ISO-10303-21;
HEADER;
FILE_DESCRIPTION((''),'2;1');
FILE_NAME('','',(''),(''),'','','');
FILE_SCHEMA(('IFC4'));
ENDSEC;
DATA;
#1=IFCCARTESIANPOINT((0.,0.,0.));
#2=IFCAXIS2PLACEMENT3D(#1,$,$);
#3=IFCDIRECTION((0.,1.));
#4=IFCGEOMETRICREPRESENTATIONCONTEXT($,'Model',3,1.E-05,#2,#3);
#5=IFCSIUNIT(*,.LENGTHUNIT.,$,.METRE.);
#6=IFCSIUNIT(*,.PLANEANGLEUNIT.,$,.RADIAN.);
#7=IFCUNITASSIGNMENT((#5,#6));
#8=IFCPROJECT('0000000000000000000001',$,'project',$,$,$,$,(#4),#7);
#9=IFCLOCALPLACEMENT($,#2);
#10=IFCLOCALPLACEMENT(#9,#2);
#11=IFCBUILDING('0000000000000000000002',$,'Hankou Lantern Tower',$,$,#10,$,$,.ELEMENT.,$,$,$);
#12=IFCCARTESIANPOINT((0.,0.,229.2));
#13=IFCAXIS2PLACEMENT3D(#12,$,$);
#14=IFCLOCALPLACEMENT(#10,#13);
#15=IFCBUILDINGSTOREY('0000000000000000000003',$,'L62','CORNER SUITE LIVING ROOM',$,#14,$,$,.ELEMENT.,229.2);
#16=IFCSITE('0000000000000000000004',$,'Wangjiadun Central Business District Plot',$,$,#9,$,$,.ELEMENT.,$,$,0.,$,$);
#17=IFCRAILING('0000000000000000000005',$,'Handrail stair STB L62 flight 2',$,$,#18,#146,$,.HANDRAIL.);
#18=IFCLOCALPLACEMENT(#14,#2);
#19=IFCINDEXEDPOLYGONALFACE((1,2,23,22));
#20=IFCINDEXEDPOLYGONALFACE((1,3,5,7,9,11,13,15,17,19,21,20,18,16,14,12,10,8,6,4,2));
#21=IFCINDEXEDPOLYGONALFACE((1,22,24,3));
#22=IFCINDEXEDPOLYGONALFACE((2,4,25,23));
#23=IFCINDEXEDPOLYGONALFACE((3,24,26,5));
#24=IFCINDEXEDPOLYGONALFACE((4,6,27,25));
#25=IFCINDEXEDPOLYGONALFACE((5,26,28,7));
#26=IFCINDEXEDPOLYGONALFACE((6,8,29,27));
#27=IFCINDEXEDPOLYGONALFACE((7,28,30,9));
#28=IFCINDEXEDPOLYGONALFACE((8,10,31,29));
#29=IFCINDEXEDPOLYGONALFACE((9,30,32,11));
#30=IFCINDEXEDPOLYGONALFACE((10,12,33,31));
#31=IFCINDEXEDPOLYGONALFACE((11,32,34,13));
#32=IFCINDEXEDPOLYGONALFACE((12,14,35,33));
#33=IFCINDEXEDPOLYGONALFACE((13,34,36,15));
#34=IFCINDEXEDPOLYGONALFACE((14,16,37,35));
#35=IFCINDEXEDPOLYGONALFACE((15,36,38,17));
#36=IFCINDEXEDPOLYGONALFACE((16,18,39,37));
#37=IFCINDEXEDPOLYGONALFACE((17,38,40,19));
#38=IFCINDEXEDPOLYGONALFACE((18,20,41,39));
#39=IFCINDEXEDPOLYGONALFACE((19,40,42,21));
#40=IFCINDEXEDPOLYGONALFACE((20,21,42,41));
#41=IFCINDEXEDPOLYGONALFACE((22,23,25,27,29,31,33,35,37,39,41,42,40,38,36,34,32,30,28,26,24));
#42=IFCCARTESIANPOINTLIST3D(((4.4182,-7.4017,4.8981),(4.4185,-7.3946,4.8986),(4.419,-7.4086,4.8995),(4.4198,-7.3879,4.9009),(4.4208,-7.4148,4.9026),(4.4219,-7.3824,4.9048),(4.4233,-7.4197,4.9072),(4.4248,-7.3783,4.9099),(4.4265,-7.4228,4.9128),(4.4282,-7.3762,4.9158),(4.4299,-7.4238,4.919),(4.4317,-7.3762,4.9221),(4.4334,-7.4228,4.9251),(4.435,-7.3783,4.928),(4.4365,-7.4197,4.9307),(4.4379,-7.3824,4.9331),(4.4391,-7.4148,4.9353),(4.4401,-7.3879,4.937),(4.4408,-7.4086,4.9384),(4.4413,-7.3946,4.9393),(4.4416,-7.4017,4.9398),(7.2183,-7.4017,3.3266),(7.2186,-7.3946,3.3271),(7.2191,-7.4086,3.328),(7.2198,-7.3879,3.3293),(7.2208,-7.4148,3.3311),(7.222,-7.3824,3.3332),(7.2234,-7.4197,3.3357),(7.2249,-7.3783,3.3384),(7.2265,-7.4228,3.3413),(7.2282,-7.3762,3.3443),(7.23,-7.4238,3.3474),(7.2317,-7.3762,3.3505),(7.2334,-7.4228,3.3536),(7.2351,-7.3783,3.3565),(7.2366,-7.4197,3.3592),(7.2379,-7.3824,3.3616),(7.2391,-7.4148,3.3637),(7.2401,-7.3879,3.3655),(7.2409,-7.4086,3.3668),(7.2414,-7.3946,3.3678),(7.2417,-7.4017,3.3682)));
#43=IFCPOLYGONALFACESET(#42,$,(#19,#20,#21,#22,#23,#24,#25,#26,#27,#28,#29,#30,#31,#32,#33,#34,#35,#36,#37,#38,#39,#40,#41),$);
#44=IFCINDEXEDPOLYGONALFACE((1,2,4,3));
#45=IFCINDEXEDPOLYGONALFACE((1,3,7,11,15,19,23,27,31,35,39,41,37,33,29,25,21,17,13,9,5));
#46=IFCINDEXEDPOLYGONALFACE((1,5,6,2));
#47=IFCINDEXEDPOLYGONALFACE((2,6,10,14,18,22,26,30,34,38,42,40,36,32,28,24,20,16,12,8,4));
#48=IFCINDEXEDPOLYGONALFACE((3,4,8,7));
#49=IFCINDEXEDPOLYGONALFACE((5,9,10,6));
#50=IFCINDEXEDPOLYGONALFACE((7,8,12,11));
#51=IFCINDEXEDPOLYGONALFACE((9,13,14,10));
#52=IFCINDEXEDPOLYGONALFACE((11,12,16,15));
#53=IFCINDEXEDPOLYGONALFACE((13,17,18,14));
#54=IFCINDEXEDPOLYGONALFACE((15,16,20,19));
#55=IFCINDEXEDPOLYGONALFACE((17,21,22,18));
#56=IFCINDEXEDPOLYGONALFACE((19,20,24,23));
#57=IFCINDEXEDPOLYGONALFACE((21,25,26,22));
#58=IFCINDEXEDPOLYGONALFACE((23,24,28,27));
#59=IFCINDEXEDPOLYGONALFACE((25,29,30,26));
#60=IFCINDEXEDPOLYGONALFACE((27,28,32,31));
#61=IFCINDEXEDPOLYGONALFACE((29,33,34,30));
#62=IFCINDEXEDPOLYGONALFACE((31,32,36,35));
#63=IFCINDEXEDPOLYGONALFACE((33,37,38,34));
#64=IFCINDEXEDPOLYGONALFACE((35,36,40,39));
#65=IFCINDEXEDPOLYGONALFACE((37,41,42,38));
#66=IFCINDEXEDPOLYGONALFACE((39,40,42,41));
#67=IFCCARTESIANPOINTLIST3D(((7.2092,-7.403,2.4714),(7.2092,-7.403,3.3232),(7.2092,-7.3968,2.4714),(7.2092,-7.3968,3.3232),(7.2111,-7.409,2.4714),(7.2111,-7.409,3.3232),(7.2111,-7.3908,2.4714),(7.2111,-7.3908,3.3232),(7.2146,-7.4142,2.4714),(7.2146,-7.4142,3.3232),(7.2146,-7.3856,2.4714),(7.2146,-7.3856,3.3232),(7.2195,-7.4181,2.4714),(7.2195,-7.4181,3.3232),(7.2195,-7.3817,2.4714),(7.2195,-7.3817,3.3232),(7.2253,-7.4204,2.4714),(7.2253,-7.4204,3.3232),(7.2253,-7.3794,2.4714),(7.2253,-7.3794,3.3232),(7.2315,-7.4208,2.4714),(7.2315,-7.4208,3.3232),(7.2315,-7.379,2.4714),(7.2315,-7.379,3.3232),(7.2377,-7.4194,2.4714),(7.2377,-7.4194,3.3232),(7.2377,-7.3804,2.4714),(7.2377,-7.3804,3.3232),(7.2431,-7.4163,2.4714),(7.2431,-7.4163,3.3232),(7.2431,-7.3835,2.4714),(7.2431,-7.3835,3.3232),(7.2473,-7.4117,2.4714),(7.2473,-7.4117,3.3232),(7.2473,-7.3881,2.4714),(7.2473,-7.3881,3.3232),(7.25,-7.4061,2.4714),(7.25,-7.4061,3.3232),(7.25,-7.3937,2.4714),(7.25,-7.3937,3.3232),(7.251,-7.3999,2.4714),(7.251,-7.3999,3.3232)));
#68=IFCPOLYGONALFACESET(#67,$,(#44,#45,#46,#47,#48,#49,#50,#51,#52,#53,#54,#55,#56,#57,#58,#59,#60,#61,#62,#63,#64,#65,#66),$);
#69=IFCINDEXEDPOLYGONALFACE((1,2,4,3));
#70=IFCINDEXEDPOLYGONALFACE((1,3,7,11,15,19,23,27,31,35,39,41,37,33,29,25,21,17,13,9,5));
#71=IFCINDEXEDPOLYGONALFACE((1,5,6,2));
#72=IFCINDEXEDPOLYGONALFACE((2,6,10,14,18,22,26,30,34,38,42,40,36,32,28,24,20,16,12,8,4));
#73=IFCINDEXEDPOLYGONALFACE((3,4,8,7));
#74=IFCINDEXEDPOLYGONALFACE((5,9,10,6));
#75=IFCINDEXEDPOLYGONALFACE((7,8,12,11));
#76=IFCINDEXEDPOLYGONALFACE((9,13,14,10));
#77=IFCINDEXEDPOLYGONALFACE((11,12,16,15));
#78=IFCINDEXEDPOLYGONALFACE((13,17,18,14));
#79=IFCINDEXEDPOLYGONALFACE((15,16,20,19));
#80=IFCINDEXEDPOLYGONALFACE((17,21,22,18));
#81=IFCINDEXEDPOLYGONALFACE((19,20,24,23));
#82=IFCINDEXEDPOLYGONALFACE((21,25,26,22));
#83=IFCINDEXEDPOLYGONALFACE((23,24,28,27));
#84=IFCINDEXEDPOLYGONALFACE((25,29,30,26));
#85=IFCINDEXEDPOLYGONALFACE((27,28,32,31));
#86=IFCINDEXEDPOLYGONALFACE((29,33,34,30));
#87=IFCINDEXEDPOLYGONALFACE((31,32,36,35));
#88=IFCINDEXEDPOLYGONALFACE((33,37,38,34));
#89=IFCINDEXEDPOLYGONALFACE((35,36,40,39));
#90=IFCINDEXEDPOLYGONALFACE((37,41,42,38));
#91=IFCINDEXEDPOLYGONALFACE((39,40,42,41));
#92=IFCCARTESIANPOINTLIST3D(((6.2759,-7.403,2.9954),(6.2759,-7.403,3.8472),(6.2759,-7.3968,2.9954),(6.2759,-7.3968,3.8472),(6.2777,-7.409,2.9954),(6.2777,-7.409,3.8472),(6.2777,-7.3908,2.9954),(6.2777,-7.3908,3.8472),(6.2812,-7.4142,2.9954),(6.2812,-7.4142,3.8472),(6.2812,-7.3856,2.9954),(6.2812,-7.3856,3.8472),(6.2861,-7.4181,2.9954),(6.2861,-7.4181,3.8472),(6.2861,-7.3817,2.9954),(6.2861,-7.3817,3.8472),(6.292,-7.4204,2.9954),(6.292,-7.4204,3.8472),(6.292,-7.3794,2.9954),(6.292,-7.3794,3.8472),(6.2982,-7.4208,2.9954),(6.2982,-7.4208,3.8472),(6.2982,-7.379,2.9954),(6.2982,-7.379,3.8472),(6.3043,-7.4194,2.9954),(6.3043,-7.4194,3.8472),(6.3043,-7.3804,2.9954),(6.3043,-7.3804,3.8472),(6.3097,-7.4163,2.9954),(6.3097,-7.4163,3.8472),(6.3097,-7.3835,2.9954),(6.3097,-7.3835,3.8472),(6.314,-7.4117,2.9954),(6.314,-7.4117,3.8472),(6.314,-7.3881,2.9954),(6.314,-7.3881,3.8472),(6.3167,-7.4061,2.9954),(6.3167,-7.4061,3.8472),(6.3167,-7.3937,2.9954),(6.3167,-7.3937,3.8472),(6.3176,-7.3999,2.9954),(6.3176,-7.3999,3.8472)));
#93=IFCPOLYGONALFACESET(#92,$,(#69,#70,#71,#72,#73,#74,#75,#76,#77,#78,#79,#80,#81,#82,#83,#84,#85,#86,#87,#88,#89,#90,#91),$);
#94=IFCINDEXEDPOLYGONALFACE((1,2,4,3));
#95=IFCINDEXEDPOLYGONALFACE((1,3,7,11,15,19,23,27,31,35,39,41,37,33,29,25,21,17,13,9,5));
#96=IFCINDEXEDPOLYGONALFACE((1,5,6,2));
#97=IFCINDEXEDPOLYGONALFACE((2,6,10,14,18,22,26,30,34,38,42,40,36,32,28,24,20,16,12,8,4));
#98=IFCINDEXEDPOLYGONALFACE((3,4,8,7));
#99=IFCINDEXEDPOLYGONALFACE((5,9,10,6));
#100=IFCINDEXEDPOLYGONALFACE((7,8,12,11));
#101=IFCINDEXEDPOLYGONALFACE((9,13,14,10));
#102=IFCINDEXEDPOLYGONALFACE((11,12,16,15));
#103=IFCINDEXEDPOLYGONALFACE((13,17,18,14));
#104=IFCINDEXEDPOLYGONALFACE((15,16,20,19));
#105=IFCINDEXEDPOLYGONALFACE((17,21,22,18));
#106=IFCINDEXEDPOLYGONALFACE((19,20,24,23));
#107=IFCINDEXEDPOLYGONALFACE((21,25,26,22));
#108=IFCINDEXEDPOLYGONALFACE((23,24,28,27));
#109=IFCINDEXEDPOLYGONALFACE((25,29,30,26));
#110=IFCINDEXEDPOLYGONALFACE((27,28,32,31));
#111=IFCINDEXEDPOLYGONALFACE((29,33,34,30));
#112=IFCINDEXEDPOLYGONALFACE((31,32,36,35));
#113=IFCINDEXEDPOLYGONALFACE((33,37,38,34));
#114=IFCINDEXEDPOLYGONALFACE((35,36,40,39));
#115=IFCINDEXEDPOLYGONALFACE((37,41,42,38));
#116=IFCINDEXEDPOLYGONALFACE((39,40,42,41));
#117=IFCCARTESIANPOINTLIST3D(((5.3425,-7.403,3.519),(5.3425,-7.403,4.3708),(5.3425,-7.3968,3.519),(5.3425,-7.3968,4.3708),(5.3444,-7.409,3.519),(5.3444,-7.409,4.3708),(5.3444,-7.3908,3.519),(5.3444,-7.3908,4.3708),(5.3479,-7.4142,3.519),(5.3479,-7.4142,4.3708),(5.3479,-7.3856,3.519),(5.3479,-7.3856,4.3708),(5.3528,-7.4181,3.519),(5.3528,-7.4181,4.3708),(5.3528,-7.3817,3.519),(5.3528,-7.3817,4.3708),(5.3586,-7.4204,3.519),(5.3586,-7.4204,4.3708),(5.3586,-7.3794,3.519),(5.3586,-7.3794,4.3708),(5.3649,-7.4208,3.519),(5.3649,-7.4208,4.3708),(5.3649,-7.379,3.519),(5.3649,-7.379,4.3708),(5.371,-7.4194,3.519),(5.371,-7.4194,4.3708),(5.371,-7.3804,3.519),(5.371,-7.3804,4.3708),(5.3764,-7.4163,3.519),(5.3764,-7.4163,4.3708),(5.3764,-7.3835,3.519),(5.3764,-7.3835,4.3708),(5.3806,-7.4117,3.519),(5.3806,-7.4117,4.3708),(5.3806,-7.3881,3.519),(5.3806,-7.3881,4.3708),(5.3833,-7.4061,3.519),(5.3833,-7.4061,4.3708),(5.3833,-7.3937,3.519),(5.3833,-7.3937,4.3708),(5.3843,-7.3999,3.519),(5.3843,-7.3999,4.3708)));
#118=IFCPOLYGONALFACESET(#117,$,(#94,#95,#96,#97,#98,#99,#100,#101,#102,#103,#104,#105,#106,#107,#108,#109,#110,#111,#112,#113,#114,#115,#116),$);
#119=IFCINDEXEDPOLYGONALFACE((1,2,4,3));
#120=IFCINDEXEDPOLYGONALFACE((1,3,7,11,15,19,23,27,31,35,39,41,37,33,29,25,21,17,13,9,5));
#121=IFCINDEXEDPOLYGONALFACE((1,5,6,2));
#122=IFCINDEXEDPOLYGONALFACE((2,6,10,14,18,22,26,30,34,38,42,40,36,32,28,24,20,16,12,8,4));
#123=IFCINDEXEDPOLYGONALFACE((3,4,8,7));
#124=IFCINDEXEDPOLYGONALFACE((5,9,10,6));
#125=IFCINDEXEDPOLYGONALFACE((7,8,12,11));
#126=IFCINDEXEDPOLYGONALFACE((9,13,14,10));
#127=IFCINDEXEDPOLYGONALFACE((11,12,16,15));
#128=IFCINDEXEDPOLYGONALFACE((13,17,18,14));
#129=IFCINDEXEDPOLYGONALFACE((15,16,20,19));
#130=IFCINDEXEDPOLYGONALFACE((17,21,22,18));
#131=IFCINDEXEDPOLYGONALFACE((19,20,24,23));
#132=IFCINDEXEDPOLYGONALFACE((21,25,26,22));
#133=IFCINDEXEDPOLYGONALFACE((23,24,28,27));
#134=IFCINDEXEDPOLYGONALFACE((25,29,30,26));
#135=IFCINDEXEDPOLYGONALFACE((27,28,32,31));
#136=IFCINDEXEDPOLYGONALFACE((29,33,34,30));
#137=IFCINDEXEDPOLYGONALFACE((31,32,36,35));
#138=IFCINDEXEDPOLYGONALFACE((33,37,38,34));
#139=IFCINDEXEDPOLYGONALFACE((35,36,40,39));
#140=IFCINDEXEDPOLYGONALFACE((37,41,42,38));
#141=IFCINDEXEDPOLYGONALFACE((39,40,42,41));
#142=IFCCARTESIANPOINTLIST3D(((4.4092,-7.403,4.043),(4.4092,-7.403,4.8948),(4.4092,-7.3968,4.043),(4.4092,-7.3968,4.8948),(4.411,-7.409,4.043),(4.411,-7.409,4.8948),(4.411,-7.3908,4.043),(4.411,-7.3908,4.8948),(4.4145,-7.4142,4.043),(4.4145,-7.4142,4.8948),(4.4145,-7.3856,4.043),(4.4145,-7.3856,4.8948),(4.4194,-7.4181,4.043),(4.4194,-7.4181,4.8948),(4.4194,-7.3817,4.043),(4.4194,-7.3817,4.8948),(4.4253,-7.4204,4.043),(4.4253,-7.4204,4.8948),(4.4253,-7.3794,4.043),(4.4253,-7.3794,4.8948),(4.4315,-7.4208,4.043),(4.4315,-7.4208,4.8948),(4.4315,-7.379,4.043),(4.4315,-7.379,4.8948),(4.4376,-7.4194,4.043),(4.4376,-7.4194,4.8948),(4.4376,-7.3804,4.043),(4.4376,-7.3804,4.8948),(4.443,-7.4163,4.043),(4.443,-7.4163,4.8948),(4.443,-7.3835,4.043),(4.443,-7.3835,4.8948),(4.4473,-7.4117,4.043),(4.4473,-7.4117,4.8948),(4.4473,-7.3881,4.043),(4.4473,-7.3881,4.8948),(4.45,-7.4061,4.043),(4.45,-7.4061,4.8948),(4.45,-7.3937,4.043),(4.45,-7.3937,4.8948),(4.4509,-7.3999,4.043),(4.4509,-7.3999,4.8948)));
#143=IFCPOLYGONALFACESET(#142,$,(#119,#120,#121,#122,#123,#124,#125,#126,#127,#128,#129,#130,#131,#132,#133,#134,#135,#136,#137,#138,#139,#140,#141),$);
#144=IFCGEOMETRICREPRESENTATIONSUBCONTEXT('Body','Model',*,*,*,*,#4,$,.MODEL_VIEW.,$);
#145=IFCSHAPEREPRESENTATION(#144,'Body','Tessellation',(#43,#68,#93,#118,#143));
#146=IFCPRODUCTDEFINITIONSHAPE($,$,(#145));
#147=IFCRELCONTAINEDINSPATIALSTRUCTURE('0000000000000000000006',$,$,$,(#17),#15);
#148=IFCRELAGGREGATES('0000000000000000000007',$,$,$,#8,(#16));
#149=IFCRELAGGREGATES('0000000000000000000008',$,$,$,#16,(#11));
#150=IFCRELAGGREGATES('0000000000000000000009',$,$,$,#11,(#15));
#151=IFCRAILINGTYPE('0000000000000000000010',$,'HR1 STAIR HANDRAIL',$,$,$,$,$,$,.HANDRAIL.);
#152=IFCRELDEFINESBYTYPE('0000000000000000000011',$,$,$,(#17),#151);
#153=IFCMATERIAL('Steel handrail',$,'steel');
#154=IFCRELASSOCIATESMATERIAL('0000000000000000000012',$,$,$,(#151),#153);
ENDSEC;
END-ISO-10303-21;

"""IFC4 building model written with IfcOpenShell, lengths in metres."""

from ifc_helpers import new_model, si_unit, direction, frame, origin, origin_2d, place, context, subcontext, project, spatial, circle, extrude, material, type_object, element, save


model = new_model("IFC4")

# Units and contexts
model_context = context("Model", 3, precision=1e-05, world=origin(), true_north=direction((0.0, 1.0)))
body_context = subcontext(model_context, "Body", "Model", "MODEL_VIEW")
ifc_project = project(units=[si_unit("LENGTHUNIT", "METRE"), si_unit("PLANEANGLEUNIT", "RADIAN")], contexts=[model_context])

# Site, building, storey
site_placement = place(None, origin())
site = spatial("IfcSite", under=ifc_project, at=site_placement, Name="Wangjiadun Central Business District Plot", CompositionType="ELEMENT", RefElevation=0.0)
building_placement = place(site_placement, origin())
building = spatial("IfcBuilding", under=site, at=building_placement, Name="Hankou Lantern Tower", CompositionType="ELEMENT")
storey_placement = place(building_placement, frame((0.0, 0.0, 229.2)))
storey = spatial("IfcBuildingStorey", under=building, at=storey_placement, Name="L62", Description="CORNER SUITE LIVING ROOM", CompositionType="ELEMENT", Elevation=229.2)

# Railing
ifc_material_1 = material(Name="Steel handrail", Category="steel")
railing_type = type_object("IfcRailingType", Name="HR1 STAIR HANDRAIL", PredefinedType="HANDRAIL", material=ifc_material_1)
railing_1_placement = place(storey_placement, frame((7.23, -7.3999, 2.4714)))
element("IfcRailing", 1, at=railing_1_placement, inside=storey, type_object=railing_type, Name="Handrail stair STB L62 flight 2", PredefinedType="HANDRAIL", context=body_context, shape_type="SweptSolid", body=[
    extrude(circle(Radius=0.0239, at=origin_2d()), frame((0.0, 0.0, 0.876), z_axis=(-0.87204, 0.0, 0.489434), x_axis=(0.0, -1.0, 0.0)), (0.0, 0.0, 1.0), 3.2109),
    extrude(circle(Radius=0.021, at=origin_2d()), origin(), (0.0, 0.0, 1.0), 0.8518),
    extrude(circle(Radius=0.021, at=origin_2d()), frame((-0.9333, 0.0, 0.5239)), (0.0, 0.0, 1.0), 0.8518),
    extrude(circle(Radius=0.021, at=origin_2d()), frame((-1.8667, 0.0, 1.0476)), (0.0, 0.0, 1.0), 0.8518),
    extrude(circle(Radius=0.021, at=origin_2d()), frame((-2.8, 0.0, 1.5715)), (0.0, 0.0, 1.0), 0.8518),
])

save(model, "model.ifc")
